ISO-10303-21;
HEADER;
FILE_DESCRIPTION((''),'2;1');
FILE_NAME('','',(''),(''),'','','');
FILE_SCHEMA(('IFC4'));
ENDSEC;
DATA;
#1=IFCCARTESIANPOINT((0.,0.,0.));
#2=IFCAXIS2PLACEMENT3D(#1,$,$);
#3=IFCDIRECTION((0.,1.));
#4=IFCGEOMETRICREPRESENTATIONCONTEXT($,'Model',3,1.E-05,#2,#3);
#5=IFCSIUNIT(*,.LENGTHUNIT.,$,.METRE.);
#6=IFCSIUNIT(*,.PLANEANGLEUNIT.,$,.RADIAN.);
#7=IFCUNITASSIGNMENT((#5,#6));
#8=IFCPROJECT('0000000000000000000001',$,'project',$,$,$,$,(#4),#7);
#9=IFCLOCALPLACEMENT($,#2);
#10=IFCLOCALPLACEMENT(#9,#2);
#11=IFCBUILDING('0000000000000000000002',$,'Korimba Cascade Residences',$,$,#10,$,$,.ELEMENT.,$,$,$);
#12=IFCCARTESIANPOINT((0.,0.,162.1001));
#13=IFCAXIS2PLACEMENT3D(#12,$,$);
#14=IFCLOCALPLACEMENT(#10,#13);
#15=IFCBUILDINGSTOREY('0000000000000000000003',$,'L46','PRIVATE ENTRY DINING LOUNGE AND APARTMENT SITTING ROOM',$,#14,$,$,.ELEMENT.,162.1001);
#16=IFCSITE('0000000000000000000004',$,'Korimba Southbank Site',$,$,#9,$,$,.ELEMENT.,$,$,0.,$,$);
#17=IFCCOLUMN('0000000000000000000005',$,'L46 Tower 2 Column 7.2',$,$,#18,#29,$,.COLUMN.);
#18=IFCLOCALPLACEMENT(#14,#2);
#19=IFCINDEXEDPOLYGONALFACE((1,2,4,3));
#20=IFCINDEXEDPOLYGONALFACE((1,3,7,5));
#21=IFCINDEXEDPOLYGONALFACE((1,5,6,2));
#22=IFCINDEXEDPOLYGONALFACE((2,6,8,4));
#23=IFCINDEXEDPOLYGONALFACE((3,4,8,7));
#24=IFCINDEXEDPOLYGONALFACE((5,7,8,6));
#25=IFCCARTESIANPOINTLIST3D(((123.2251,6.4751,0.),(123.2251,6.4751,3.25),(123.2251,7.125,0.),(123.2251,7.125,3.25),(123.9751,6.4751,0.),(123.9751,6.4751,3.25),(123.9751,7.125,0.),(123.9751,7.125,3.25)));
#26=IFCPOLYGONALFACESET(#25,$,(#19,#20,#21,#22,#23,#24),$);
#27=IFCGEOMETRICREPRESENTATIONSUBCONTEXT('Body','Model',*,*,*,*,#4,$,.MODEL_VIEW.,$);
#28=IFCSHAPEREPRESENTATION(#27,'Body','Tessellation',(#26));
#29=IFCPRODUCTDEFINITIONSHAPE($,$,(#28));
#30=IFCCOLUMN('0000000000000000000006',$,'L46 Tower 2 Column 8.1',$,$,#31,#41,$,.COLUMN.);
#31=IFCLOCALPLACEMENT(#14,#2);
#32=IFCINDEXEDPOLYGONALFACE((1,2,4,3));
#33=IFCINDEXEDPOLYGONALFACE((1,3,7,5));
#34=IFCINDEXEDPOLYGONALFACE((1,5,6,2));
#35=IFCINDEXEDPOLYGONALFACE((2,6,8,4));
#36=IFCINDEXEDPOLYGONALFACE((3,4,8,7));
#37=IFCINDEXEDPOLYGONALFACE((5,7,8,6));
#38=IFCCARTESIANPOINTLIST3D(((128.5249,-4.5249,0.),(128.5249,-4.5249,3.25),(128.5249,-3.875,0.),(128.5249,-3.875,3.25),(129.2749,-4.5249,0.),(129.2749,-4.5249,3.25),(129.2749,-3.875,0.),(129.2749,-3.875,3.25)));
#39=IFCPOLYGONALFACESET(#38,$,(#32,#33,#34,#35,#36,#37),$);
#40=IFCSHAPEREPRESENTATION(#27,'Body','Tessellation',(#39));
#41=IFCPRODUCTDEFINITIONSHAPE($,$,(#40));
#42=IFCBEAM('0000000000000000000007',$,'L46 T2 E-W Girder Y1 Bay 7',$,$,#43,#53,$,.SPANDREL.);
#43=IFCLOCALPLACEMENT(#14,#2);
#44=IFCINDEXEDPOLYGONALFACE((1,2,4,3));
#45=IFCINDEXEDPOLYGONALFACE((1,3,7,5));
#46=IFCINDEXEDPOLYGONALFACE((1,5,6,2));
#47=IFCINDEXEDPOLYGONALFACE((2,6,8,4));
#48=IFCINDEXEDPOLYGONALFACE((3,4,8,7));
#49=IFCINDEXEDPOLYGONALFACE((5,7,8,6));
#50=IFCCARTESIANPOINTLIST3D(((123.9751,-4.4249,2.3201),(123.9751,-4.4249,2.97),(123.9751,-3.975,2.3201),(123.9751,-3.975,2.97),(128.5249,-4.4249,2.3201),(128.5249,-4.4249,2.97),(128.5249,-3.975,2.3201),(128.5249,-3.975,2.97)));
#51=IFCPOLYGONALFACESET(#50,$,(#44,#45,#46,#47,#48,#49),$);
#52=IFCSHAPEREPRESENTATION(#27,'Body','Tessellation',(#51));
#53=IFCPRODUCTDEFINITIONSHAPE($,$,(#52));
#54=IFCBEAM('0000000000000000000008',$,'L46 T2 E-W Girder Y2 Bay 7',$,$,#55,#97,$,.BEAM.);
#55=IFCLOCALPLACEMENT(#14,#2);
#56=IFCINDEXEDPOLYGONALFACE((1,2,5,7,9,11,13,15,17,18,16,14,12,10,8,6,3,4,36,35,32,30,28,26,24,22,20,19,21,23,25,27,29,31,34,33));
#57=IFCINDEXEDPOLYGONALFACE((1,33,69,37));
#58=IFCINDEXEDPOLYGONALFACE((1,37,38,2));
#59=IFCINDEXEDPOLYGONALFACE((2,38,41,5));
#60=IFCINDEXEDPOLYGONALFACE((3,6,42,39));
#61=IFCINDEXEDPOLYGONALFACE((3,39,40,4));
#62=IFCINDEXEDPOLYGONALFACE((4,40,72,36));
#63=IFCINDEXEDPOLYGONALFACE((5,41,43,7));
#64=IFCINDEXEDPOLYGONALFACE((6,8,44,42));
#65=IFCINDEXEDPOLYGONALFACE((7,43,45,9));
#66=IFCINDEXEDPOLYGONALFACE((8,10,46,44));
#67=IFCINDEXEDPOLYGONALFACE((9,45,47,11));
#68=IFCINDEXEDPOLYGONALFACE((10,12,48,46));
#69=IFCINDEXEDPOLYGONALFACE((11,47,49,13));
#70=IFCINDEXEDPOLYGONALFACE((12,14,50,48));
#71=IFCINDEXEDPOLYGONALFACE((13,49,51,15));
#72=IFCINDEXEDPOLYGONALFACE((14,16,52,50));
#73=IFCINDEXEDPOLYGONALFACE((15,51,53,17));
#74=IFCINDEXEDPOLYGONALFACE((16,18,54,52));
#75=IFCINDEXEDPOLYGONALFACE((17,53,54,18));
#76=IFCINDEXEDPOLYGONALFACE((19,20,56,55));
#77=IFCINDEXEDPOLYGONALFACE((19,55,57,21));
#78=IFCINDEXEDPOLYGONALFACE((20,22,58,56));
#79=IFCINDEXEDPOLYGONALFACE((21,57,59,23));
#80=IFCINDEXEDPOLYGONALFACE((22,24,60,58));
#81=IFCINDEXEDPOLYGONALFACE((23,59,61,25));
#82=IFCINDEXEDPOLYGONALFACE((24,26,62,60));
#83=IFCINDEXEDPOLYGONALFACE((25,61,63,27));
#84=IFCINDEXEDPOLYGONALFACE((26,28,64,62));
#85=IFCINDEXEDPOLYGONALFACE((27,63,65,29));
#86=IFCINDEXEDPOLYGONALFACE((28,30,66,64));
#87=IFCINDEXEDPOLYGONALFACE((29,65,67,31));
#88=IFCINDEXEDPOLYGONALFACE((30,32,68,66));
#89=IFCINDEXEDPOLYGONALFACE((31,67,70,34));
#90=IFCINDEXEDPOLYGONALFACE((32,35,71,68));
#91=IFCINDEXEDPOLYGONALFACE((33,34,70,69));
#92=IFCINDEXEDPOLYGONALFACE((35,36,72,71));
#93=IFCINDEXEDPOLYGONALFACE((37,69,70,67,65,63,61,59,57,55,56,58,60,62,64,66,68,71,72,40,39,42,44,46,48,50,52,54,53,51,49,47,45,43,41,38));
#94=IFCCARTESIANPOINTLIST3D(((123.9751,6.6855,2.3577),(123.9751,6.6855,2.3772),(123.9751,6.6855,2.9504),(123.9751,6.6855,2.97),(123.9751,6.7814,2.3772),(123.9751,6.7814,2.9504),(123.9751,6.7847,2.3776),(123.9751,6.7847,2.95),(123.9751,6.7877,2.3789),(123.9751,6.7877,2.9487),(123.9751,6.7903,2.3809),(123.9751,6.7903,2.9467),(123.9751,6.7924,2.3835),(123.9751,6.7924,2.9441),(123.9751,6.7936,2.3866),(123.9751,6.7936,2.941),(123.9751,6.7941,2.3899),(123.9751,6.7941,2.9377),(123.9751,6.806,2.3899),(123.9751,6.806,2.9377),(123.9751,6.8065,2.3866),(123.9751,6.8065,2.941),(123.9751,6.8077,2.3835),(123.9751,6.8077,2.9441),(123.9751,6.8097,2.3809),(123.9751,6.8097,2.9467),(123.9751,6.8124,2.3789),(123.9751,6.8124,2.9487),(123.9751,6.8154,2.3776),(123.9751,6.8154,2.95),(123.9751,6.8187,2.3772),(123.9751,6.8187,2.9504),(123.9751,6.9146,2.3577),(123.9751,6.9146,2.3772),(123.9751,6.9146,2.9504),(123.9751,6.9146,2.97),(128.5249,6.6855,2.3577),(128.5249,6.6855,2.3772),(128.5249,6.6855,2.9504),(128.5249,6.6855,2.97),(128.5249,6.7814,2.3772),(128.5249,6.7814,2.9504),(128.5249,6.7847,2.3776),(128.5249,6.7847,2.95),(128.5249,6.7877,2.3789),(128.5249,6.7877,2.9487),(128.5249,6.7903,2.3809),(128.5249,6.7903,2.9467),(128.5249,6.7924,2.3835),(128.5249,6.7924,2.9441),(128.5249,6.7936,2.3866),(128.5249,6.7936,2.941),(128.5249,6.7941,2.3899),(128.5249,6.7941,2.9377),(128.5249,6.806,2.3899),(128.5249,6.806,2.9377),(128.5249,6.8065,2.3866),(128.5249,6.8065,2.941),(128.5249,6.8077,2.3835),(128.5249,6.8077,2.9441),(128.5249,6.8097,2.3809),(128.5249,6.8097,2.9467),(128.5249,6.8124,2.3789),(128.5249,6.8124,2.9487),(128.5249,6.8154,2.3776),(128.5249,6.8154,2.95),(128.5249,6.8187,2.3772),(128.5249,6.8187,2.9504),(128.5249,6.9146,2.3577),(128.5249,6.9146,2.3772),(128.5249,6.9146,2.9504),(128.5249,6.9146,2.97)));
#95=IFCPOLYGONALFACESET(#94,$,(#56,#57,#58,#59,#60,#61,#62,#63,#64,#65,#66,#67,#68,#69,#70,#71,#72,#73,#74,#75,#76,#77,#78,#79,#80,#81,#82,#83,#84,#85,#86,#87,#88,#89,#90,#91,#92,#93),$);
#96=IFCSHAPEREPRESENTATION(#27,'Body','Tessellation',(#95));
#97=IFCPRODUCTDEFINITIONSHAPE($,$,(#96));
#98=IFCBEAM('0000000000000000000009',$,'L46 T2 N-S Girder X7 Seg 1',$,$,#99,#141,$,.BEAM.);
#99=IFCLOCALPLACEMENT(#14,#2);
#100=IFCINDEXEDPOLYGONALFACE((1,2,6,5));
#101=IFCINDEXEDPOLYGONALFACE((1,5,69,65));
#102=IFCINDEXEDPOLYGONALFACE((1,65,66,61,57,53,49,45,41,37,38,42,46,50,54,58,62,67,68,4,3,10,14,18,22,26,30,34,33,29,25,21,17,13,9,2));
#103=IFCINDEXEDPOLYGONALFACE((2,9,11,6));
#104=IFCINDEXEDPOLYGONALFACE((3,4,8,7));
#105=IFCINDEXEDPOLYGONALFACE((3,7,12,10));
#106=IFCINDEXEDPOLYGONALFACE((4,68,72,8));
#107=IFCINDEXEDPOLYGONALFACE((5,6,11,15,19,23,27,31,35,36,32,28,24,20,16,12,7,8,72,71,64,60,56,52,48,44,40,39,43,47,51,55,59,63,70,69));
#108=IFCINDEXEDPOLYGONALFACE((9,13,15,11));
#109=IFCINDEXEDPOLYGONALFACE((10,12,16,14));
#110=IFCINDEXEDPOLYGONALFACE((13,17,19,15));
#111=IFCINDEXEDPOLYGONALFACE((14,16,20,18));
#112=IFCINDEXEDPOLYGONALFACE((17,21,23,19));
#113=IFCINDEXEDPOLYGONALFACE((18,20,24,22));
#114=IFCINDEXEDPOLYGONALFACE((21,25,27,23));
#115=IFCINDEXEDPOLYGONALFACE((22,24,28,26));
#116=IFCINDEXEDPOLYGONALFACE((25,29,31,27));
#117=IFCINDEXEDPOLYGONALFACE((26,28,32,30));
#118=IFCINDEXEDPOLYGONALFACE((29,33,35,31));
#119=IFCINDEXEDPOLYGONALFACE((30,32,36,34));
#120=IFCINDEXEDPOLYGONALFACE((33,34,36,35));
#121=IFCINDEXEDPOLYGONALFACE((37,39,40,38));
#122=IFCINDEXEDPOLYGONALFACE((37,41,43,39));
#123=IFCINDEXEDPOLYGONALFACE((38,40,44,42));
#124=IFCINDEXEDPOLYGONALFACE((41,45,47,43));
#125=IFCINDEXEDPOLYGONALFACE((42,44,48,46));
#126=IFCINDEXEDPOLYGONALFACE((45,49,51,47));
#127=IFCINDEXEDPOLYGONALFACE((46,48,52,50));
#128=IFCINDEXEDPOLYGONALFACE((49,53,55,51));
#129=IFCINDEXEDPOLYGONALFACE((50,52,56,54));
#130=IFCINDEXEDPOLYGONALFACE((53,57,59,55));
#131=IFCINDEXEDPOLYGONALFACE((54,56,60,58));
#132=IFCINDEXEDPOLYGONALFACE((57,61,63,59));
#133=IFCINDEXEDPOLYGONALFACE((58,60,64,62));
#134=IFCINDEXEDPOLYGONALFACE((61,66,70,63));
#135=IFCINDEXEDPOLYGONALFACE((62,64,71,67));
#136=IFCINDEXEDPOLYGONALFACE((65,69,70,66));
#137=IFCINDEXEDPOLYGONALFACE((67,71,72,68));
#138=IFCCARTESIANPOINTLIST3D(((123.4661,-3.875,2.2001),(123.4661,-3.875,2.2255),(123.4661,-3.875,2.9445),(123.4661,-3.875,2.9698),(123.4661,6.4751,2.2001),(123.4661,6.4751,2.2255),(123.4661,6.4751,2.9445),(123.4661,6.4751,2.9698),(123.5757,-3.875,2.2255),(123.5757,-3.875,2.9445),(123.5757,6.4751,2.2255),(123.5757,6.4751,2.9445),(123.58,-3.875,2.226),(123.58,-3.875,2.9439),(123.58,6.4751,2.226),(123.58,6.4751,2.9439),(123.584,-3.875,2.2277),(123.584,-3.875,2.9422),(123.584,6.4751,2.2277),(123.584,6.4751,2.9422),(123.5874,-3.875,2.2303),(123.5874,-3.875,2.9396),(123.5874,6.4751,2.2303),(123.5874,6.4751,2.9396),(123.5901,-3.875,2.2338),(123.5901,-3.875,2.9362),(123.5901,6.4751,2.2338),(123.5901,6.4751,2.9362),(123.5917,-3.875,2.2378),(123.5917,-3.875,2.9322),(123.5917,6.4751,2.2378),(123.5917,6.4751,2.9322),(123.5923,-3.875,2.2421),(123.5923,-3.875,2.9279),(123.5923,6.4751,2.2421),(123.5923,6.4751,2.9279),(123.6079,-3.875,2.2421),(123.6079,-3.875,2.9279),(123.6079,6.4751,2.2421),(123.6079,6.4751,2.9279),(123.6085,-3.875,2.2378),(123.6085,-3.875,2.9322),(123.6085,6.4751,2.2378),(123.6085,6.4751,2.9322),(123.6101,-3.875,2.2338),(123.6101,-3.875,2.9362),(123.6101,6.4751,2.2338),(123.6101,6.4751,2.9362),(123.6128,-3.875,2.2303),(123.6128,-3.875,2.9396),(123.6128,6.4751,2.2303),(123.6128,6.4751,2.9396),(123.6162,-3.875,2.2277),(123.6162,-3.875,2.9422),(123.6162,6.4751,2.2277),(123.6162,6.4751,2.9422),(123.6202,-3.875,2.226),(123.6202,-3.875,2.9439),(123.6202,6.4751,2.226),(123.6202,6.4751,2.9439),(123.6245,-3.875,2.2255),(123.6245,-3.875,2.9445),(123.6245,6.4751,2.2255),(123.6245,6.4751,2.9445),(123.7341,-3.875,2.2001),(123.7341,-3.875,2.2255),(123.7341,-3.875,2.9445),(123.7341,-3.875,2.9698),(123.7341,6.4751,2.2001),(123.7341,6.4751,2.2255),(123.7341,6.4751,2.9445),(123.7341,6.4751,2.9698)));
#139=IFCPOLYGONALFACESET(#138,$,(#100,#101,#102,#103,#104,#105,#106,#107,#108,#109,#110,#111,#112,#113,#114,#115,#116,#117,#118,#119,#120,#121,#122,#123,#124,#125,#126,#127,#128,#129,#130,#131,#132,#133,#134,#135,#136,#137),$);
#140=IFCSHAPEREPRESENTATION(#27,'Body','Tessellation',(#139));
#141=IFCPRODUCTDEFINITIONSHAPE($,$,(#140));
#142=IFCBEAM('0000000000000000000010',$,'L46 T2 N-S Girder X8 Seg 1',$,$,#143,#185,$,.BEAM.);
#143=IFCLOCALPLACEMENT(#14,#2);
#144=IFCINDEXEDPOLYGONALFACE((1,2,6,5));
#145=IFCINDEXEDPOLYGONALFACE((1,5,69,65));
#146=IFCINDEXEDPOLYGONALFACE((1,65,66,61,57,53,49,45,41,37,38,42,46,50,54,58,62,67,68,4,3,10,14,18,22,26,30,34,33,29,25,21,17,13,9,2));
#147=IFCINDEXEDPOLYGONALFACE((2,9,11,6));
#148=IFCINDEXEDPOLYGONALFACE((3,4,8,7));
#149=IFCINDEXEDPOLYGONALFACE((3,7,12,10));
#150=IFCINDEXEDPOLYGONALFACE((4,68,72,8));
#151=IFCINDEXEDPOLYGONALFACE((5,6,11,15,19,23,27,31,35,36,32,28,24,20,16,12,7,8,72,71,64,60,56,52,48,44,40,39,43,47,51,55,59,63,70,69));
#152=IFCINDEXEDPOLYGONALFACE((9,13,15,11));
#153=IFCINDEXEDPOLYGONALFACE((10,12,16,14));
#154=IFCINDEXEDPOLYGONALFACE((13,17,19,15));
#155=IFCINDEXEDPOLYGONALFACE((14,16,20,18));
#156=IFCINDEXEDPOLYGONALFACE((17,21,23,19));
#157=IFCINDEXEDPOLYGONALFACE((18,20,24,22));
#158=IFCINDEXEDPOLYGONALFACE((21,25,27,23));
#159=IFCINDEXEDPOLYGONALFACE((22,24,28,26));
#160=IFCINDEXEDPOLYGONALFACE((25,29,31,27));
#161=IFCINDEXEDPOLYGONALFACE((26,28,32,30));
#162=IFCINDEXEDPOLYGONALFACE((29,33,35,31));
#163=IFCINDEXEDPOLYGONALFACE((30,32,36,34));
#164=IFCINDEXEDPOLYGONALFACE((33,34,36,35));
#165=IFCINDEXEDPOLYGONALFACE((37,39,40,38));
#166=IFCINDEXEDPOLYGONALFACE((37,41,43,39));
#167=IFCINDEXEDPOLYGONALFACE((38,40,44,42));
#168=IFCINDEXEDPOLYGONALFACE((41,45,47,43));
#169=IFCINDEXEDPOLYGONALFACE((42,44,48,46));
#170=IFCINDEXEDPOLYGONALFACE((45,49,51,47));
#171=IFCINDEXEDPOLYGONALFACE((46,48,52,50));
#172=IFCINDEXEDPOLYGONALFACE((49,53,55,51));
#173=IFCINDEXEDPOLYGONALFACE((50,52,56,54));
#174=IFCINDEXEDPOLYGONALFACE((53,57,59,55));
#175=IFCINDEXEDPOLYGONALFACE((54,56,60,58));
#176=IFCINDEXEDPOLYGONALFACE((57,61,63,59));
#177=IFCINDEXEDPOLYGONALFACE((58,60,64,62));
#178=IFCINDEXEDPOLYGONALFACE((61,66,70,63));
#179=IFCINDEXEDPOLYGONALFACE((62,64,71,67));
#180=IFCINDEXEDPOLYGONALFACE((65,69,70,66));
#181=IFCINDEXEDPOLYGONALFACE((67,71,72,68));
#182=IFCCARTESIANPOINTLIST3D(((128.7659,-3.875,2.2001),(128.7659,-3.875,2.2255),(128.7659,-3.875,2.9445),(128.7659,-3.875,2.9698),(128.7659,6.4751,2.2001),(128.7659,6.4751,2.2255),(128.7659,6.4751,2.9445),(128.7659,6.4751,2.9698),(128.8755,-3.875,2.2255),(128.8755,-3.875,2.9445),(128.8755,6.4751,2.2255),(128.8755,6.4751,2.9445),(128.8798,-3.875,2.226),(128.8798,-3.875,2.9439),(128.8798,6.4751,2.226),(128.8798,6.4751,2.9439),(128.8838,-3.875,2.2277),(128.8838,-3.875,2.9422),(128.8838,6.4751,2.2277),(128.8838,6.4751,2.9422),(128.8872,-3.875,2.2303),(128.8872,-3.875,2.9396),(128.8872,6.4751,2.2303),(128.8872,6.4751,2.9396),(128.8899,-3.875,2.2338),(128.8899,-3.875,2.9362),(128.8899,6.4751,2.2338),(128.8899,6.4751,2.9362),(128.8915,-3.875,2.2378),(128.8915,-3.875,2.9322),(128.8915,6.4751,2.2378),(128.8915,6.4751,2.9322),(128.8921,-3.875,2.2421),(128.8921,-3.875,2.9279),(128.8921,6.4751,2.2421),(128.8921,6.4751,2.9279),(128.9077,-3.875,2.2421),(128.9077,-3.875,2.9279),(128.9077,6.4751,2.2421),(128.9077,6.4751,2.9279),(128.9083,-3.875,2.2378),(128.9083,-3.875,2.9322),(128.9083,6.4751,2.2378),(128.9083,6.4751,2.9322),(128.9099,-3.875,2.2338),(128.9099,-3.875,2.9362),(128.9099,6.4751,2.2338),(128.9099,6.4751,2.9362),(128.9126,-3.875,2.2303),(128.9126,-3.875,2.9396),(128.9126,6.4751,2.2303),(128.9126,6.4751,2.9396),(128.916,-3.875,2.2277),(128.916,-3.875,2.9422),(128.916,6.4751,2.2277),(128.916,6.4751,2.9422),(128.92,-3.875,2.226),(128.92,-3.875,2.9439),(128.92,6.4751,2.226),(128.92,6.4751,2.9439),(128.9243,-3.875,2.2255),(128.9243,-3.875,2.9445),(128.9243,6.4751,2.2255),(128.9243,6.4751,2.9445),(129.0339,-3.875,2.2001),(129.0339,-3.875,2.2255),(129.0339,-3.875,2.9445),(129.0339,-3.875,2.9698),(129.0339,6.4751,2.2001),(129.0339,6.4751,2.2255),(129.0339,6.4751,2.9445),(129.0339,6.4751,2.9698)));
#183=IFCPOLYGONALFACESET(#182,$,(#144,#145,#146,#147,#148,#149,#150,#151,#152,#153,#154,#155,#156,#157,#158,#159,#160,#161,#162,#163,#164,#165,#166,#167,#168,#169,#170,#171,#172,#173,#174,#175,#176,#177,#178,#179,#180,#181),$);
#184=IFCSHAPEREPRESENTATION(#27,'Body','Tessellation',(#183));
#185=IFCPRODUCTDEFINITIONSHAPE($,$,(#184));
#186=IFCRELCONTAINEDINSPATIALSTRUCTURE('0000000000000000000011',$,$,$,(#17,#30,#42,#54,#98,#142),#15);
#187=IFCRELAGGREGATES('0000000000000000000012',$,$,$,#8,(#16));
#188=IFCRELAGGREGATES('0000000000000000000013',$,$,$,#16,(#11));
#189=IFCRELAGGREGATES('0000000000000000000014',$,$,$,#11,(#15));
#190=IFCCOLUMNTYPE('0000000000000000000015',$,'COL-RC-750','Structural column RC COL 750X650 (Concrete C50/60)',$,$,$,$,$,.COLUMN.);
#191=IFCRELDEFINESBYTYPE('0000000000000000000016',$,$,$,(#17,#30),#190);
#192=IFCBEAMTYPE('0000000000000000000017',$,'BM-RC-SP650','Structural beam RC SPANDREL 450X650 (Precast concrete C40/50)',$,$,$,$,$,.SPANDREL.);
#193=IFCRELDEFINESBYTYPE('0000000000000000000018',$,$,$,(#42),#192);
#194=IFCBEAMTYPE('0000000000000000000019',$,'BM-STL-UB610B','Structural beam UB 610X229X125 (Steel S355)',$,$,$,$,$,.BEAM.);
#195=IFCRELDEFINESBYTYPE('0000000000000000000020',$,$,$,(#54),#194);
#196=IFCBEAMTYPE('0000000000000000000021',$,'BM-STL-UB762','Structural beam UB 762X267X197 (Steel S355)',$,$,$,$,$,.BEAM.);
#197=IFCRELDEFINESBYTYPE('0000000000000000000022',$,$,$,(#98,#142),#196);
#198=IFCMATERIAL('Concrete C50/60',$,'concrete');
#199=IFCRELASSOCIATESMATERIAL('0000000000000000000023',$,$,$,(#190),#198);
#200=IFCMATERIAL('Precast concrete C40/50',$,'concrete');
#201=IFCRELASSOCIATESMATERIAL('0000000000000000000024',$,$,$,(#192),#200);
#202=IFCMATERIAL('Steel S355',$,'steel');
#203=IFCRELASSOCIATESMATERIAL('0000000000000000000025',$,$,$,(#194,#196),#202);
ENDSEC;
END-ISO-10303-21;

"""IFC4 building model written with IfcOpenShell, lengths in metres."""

from ifc_helpers import new_model, si_unit, direction, frame, origin, origin_2d, place, context, subcontext, project, spatial, rectangle, i_section, extrude, material, material_profile, profile_set, type_object, element, save


model = new_model("IFC4")

# Units and contexts
model_context = context("Model", 3, precision=1e-05, world=origin(), true_north=direction((0.0, 1.0)))
body_context = subcontext(model_context, "Body", "Model", "MODEL_VIEW")
ifc_project = project(units=[si_unit("LENGTHUNIT", "METRE"), si_unit("PLANEANGLEUNIT", "RADIAN")], contexts=[model_context])

# Site, building, storey
site_placement = place(None, origin())
site = spatial("IfcSite", under=ifc_project, at=site_placement, Name="Korimba Southbank Site", CompositionType="ELEMENT", RefElevation=0.0)
building_placement = place(site_placement, origin())
building = spatial("IfcBuilding", under=site, at=building_placement, Name="Korimba Cascade Residences", CompositionType="ELEMENT")
storey_placement = place(building_placement, frame((0.0, 0.0, 162.1001)))
storey = spatial("IfcBuildingStorey", under=building, at=storey_placement, Name="L46", Description="PRIVATE ENTRY DINING LOUNGE AND APARTMENT SITTING ROOM", CompositionType="ELEMENT", Elevation=162.1001)

# Columns
ifc_material_1 = material(Name="Concrete C50/60", Category="concrete")
ifc_material_profile_1 = material_profile(ifc_material_1, rectangle(XDim=0.75, YDim=0.6499, at=origin_2d()), Name="Concrete C50/60")
ifc_profile_set_1 = profile_set([ifc_material_profile_1], Name="Concrete C50/60")
column_type = type_object("IfcColumnType", Name="COL-RC-750", Description="Structural column RC COL 750X650 (Concrete C50/60)", PredefinedType="COLUMN", material=ifc_profile_set_1)
for number, where, z_axis, x_axis, name in (
    (1, (123.6001, 6.8, 0.0), (0.0, 0.0, 1.0), (1.0, 0.0, 0.0), "L46 Tower 2 Column 7.2"),
    (2, (128.8999, -4.2, 0.0), (0.0, 0.0, 1.0), (1.0, 0.0, 0.0), "L46 Tower 2 Column 8.1"),
):
    element("IfcColumn", number, at=place(storey_placement, frame(where, z_axis=z_axis, x_axis=x_axis)), inside=storey, type_object=column_type, Name=name, PredefinedType="COLUMN", context=body_context, shape_type="SweptSolid", body=[
        extrude(rectangle(XDim=0.75, YDim=0.6499, at=origin_2d()), origin(), (0.0, 0.0, 1.0), 3.25),
    ])

# Beams
ifc_material_2 = material(Name="Precast concrete C40/50", Category="concrete")
ifc_material_profile_2 = material_profile(ifc_material_2, rectangle(XDim=0.45, YDim=0.6499, at=origin_2d()), Name="Precast concrete C40/50")
ifc_profile_set_2 = profile_set([ifc_material_profile_2], Name="Precast concrete C40/50")
beam_type_1 = type_object("IfcBeamType", Name="BM-RC-SP650", Description="Structural beam RC SPANDREL 450X650 (Precast concrete C40/50)", PredefinedType="SPANDREL", material=ifc_profile_set_2)
beam_1_placement = place(storey_placement, frame((123.9751, -4.2, 2.645), z_axis=(1.0, 0.0, 0.0), x_axis=(0.0, 1.0, 0.0)))
element("IfcBeam", 3, at=beam_1_placement, inside=storey, type_object=beam_type_1, Name="L46 T2 E-W Girder Y1 Bay 7", PredefinedType="SPANDREL", context=body_context, shape_type="SweptSolid", body=[
    extrude(rectangle(XDim=0.45, YDim=0.6499, at=origin_2d()), origin(), (0.0, 0.0, 1.0), 4.5498),
])
ifc_material_3 = material(Name="Steel S355", Category="steel")
ifc_material_profile_3 = material_profile(ifc_material_3, i_section(OverallWidth=0.229, OverallDepth=0.6123, WebThickness=0.012, FlangeThickness=0.0195, FilletRadius=0.0127, at=origin_2d()), Name="Steel S355")
ifc_profile_set_3 = profile_set([ifc_material_profile_3], Name="Steel S355")
beam_type_2 = type_object("IfcBeamType", Name="BM-STL-UB610B", Description="Structural beam UB 610X229X125 (Steel S355)", PredefinedType="BEAM", material=ifc_profile_set_3)
beam_2_placement = place(storey_placement, frame((123.9751, 6.8, 2.6638), z_axis=(1.0, 0.0, 0.0), x_axis=(0.0, 1.0, 0.0)))
element("IfcBeam", 4, at=beam_2_placement, inside=storey, type_object=beam_type_2, Name="L46 T2 E-W Girder Y2 Bay 7", PredefinedType="BEAM", context=body_context, shape_type="SweptSolid", body=[
    extrude(i_section(OverallWidth=0.229, OverallDepth=0.6123, WebThickness=0.012, FlangeThickness=0.0195, FilletRadius=0.0127, at=origin_2d()), origin(), (0.0, 0.0, 1.0), 4.5498),
])
ifc_material_profile_4 = material_profile(ifc_material_3, i_section(OverallWidth=0.2681, OverallDepth=0.7698, WebThickness=0.0156, FlangeThickness=0.0254, FilletRadius=0.0166, at=origin_2d()), Name="Steel S355")
ifc_profile_set_4 = profile_set([ifc_material_profile_4], Name="Steel S355")
beam_type_3 = type_object("IfcBeamType", Name="BM-STL-UB762", Description="Structural beam UB 762X267X197 (Steel S355)", PredefinedType="BEAM", material=ifc_profile_set_4)
for number, where, z_axis, x_axis, name in (
    (5, (123.6001, -3.875, 2.585), (0.0, 1.0, 0.0), (-1.0, 0.0, 0.0), "L46 T2 N-S Girder X7 Seg 1"),
    (6, (128.8999, -3.875, 2.585), (0.0, 1.0, 0.0), (-1.0, 0.0, 0.0), "L46 T2 N-S Girder X8 Seg 1"),
):
    element("IfcBeam", number, at=place(storey_placement, frame(where, z_axis=z_axis, x_axis=x_axis)), inside=storey, type_object=beam_type_3, Name=name, PredefinedType="BEAM", context=body_context, shape_type="SweptSolid", body=[
        extrude(i_section(OverallWidth=0.2681, OverallDepth=0.7698, WebThickness=0.0156, FlangeThickness=0.0254, FilletRadius=0.0166, at=origin_2d()), origin(), (0.0, 0.0, 1.0), 10.3501),
    ])

save(model, "model.ifc")
